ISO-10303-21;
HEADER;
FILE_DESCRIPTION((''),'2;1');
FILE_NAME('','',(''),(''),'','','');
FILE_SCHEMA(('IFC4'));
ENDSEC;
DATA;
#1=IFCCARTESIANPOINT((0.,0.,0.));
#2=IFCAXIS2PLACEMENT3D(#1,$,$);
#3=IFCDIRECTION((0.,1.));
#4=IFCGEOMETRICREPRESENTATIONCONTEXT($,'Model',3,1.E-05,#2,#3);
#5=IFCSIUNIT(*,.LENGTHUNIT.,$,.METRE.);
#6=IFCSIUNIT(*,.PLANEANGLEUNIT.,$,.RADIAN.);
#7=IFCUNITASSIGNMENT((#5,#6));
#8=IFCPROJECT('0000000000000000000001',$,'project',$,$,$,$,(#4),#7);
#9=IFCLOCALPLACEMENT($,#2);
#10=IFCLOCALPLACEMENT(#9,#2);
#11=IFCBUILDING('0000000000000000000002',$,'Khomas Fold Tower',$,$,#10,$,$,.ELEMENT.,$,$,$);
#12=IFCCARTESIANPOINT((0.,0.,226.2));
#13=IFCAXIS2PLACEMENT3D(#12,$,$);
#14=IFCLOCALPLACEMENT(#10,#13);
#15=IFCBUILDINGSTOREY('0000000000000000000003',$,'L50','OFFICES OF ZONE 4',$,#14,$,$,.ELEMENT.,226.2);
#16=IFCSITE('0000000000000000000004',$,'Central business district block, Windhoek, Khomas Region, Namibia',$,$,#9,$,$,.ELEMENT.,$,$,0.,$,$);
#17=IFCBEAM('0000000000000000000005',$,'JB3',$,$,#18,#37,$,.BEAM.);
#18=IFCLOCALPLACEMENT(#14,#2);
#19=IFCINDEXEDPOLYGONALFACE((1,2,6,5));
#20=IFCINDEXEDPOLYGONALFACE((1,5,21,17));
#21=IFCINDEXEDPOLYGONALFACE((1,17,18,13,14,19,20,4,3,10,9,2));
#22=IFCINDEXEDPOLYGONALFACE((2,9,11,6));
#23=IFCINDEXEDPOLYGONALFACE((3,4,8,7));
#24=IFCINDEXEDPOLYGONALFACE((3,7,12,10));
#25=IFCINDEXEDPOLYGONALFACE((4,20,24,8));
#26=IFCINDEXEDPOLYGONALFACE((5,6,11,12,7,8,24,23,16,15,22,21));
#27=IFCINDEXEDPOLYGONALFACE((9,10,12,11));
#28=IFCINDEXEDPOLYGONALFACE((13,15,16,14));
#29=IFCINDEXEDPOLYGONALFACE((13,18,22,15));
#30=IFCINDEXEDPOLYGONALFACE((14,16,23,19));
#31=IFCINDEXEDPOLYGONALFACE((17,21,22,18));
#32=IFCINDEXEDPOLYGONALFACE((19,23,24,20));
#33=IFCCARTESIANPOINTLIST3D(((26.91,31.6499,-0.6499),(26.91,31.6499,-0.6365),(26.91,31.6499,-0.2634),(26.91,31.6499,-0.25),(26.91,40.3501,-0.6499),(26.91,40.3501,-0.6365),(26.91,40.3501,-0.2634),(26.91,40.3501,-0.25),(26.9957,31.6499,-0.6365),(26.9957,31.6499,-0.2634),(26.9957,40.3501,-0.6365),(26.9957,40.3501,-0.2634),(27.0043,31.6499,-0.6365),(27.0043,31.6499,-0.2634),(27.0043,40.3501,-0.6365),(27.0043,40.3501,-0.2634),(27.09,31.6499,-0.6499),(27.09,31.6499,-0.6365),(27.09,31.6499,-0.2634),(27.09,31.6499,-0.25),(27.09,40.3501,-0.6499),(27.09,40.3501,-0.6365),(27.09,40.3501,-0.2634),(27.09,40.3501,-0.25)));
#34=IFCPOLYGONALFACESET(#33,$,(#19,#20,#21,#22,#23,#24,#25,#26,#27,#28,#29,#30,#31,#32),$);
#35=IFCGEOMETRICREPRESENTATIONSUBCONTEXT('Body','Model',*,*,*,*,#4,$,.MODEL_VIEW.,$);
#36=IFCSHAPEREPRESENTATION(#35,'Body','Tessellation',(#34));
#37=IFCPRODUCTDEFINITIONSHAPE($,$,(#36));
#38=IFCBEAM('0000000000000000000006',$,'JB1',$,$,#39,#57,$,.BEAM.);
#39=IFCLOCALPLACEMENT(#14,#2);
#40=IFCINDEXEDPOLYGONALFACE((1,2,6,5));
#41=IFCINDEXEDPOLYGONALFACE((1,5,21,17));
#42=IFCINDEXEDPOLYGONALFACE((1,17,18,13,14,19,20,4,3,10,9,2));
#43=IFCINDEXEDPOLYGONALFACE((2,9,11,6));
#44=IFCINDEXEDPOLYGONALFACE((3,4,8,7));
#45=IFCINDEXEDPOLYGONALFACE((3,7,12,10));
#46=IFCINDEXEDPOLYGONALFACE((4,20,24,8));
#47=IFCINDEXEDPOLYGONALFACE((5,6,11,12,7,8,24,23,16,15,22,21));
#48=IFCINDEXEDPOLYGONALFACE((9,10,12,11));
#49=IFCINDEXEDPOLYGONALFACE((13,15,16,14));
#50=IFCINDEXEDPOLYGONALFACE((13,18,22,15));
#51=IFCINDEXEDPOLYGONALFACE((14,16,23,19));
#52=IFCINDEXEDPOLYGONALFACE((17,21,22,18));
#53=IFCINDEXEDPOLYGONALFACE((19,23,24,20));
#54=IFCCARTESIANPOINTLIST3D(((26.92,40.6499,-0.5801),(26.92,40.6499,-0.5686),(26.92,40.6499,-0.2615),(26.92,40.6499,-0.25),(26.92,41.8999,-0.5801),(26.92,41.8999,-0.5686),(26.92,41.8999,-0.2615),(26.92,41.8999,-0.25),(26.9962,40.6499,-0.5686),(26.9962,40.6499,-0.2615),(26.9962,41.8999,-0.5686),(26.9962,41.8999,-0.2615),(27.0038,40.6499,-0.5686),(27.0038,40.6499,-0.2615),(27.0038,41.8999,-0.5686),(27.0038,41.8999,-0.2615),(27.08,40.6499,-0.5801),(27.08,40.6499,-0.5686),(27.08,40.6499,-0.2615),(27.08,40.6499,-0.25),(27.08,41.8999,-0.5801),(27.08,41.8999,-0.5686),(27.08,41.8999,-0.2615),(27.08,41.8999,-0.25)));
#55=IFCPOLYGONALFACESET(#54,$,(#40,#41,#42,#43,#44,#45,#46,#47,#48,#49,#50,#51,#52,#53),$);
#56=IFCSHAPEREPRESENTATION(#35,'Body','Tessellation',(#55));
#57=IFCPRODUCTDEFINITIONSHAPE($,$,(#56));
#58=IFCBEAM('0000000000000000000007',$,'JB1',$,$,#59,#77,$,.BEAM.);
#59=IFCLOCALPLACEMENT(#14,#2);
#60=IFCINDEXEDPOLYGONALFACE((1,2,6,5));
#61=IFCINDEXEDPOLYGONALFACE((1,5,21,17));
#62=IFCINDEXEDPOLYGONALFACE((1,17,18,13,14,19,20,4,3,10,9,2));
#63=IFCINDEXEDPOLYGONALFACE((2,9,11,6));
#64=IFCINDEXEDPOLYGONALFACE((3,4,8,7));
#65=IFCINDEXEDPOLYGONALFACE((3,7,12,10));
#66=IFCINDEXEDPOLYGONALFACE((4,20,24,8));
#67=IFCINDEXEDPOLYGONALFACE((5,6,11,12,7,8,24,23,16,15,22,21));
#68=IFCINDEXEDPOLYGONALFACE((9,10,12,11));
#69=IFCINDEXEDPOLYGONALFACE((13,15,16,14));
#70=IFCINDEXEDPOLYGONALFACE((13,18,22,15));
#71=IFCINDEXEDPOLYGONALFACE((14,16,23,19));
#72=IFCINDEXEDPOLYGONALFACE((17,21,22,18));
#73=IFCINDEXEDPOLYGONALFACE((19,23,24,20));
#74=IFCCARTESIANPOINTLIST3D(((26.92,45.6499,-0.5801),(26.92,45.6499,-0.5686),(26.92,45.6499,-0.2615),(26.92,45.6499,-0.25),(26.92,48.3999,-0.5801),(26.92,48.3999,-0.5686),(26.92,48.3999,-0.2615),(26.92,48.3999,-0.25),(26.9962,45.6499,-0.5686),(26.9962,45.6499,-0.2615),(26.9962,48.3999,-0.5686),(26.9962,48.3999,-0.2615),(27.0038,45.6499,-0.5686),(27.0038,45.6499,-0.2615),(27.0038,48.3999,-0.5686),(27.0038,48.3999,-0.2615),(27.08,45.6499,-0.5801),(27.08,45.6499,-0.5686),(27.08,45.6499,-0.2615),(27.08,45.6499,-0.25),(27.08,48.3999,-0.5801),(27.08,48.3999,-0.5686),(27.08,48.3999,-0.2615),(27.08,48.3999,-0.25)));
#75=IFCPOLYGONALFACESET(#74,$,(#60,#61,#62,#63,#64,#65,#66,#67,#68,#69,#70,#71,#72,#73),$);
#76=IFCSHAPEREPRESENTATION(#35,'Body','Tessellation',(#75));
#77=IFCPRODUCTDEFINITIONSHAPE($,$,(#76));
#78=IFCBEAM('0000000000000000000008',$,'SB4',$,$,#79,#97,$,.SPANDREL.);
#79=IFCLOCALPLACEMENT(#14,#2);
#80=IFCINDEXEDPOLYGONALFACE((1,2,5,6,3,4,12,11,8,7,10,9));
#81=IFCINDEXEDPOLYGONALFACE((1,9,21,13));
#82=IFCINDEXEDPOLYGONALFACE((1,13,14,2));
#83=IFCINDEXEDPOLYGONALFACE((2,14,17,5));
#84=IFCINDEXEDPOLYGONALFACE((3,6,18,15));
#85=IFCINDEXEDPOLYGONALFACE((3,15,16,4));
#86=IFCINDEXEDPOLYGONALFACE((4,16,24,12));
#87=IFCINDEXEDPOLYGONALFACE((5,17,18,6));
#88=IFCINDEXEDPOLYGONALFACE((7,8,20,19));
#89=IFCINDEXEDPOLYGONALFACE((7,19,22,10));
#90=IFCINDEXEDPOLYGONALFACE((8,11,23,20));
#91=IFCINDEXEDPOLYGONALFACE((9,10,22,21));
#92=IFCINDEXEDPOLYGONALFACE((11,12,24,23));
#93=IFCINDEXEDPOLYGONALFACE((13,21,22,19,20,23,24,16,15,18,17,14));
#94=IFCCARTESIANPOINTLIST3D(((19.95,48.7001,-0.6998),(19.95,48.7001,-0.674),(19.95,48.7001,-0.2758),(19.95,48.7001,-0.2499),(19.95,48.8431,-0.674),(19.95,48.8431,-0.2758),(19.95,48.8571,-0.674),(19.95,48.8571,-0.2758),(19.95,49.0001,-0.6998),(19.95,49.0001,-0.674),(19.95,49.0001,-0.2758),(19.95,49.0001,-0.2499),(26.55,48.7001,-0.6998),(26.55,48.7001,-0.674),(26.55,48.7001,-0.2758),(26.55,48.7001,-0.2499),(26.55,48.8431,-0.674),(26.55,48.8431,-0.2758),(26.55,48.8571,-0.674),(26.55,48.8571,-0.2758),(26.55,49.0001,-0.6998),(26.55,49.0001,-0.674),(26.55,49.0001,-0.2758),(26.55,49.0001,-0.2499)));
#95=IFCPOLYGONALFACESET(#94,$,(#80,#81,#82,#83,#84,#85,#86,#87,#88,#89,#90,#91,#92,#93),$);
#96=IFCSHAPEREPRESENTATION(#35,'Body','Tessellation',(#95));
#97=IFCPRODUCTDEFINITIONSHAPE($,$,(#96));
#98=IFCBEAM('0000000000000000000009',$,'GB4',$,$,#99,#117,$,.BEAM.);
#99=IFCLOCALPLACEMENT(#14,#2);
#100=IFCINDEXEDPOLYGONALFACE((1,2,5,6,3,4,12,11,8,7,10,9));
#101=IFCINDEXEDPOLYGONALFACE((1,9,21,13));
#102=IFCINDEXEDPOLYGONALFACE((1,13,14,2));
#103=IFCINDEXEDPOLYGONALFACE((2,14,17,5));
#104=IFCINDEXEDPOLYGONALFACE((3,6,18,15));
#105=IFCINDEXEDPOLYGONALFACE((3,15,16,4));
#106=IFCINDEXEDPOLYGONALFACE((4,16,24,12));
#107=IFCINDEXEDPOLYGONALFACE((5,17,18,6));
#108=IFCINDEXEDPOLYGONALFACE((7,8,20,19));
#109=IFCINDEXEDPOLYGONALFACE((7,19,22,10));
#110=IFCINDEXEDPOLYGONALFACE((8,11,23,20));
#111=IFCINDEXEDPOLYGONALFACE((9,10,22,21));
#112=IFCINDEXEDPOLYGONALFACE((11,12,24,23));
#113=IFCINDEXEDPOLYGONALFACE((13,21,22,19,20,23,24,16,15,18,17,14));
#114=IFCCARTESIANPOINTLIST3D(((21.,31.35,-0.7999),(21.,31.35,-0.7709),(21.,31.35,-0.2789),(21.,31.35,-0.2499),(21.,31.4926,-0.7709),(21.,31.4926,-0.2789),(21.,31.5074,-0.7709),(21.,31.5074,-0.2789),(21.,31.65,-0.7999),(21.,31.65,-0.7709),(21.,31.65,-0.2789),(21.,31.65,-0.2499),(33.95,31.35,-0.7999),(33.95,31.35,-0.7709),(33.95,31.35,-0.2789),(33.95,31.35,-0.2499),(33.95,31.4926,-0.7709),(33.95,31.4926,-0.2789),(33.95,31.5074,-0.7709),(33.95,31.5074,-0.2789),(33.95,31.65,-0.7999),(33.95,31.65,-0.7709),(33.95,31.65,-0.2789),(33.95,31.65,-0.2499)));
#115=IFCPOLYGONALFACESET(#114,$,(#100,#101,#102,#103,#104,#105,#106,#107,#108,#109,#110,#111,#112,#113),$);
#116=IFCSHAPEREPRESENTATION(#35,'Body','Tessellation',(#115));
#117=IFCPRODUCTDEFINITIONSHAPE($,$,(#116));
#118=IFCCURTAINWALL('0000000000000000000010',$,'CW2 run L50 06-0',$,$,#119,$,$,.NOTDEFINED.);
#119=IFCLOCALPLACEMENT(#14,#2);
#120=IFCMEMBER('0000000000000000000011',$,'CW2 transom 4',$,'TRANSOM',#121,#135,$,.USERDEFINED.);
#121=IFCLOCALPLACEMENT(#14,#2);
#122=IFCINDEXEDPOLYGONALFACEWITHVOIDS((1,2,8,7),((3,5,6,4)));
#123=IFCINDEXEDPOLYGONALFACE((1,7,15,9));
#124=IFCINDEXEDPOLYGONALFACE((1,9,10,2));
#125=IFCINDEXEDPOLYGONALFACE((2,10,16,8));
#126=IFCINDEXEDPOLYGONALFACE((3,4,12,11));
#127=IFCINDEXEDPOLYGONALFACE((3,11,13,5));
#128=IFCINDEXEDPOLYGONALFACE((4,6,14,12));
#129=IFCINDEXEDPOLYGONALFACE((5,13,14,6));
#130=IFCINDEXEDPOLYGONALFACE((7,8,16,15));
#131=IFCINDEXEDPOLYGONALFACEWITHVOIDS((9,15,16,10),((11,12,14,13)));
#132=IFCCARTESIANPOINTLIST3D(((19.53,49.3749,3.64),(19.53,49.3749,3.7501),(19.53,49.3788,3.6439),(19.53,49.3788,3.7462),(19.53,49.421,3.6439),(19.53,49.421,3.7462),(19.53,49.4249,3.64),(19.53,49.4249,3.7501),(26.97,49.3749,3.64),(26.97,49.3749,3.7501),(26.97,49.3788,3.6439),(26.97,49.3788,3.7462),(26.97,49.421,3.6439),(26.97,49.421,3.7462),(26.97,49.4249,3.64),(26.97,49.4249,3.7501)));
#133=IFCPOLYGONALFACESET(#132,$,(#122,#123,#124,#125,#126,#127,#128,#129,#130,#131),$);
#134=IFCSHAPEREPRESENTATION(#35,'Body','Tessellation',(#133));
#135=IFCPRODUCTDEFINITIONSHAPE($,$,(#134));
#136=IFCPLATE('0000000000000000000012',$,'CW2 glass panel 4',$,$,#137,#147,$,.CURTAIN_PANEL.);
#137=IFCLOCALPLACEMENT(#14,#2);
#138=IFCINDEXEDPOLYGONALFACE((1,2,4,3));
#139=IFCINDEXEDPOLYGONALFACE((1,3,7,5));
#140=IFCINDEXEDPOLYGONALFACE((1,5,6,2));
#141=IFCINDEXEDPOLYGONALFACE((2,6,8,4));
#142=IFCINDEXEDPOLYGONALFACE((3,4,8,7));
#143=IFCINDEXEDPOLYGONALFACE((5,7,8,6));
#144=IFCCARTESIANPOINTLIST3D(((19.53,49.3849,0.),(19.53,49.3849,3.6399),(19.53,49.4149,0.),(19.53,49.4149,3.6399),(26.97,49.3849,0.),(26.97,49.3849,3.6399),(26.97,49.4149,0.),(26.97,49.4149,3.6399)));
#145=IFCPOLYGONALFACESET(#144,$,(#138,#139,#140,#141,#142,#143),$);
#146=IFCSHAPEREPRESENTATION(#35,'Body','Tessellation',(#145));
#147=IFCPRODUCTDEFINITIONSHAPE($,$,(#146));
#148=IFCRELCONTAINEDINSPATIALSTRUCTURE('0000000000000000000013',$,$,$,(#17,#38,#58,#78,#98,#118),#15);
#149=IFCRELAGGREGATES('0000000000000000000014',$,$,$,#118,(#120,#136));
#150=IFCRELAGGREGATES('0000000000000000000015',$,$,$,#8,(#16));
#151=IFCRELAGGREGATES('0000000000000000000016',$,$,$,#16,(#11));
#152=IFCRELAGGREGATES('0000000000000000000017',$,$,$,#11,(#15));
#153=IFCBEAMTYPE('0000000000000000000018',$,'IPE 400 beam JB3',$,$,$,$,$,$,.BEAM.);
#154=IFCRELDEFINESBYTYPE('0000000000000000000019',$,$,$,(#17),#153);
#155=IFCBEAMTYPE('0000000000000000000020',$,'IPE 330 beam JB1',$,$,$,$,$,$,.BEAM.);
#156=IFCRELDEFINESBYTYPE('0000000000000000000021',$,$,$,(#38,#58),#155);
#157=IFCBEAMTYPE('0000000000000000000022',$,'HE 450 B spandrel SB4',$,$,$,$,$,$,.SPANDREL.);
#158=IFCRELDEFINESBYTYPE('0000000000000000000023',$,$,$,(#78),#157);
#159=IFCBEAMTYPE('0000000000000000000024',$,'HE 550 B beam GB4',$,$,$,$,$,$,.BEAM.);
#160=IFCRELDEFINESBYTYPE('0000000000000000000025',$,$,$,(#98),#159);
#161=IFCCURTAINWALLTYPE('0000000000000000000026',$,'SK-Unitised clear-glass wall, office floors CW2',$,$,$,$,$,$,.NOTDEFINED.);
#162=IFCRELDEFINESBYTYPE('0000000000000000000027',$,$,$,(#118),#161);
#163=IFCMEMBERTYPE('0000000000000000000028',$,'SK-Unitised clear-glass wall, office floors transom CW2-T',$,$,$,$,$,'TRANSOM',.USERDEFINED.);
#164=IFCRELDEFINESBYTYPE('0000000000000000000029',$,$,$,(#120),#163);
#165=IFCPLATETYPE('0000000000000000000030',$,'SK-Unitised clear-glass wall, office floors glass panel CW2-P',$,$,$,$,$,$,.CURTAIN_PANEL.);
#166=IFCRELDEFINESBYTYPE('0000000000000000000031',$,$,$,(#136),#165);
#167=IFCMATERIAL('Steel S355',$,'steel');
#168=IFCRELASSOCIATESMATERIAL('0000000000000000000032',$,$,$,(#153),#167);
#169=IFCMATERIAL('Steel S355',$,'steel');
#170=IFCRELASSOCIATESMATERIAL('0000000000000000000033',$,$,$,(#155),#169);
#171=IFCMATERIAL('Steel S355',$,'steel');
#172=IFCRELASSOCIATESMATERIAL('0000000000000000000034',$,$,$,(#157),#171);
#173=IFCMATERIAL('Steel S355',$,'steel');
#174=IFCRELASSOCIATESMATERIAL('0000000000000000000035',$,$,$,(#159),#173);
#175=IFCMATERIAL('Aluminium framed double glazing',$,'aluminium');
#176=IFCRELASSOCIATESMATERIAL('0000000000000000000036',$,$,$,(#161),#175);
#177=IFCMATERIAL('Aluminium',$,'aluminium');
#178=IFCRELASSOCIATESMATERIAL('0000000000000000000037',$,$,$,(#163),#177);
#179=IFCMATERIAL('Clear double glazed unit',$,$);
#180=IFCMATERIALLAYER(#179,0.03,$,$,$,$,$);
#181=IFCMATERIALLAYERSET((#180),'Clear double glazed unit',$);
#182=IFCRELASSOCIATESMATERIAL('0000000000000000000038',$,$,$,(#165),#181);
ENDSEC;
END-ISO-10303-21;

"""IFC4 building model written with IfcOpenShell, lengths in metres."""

from ifc_helpers import new_model, si_unit, direction, frame, origin, origin_2d, place, context, subcontext, project, spatial, rectangle, hollow_rectangle, i_section, extrude, source, transform, mapped, material, layer, layer_set, material_profile, profile_set, type_object, element, aggregate, save


model = new_model("IFC4")

# Units and contexts
model_context = context("Model", 3, precision=1e-05, world=origin(), true_north=direction((0.0, 1.0)))
body_context = subcontext(model_context, "Body", "Model", "MODEL_VIEW")
ifc_project = project(units=[si_unit("LENGTHUNIT", "METRE"), si_unit("PLANEANGLEUNIT", "RADIAN")], contexts=[model_context])

# Site, building, storey
site_placement = place(None, origin())
site = spatial("IfcSite", under=ifc_project, at=site_placement, Name="Central business district block, Windhoek, Khomas Region, Namibia", CompositionType="ELEMENT", RefElevation=0.0)
building_placement = place(site_placement, origin())
building = spatial("IfcBuilding", under=site, at=building_placement, Name="Khomas Fold Tower", CompositionType="ELEMENT")
storey_placement = place(building_placement, frame((0.0, 0.0, 226.2)))
storey = spatial("IfcBuildingStorey", under=building, at=storey_placement, Name="L50", Description="OFFICES OF ZONE 4", CompositionType="ELEMENT", Elevation=226.2)

# Beams
ifc_material_1 = material(Name="Steel S355", Category="steel")
ifc_material_profile_1 = material_profile(ifc_material_1, i_section(OverallWidth=0.1799, OverallDepth=0.3999, WebThickness=0.0085, FlangeThickness=0.0134, at=origin_2d()), Name="IPE 400")
ifc_profile_set_1 = profile_set([ifc_material_profile_1], Name="Steel S355")
beam_type_1 = type_object("IfcBeamType", Name="IPE 400 beam JB3", PredefinedType="BEAM", material=ifc_profile_set_1)
shared_shape_1 = source(origin(), body_context, "Body", "SweptSolid", [
    extrude(i_section(OverallWidth=0.1799, OverallDepth=0.3999, WebThickness=0.0085, FlangeThickness=0.0134, at=origin_2d()), origin(), (0.0, 0.0, 1.0), 8.7002),
])
beam_1_placement = place(storey_placement, frame((27.0, 31.6499, -0.45), z_axis=(0.0, 1.0, 0.0), x_axis=(-1.0, 0.0, 0.0)))
element("IfcBeam", 1, at=beam_1_placement, inside=storey, type_object=beam_type_1, Name="JB3", PredefinedType="BEAM", context=body_context, shape_type="MappedRepresentation", body=[
    mapped(shared_shape_1, transform((0.0, 0.0, 0.0))),
])
ifc_material_2 = material(Name="Steel S355", Category="steel")
ifc_material_profile_2 = material_profile(ifc_material_2, i_section(OverallWidth=0.1599, OverallDepth=0.3301, WebThickness=0.0076, FlangeThickness=0.0115, at=origin_2d()), Name="IPE 330")
ifc_profile_set_2 = profile_set([ifc_material_profile_2], Name="Steel S355")
beam_type_2 = type_object("IfcBeamType", Name="IPE 330 beam JB1", PredefinedType="BEAM", material=ifc_profile_set_2)
shared_shape_2 = source(origin(), body_context, "Body", "SweptSolid", [
    extrude(i_section(OverallWidth=0.1599, OverallDepth=0.3301, WebThickness=0.0076, FlangeThickness=0.0115, at=origin_2d()), origin(), (0.0, 0.0, 1.0), 1.25),
])
beam_2_placement = place(storey_placement, frame((27.0, 40.6499, -0.415), z_axis=(0.0, 1.0, 0.0), x_axis=(-1.0, 0.0, 0.0)))
element("IfcBeam", 2, at=beam_2_placement, inside=storey, type_object=beam_type_2, Name="JB1", PredefinedType="BEAM", context=body_context, shape_type="MappedRepresentation", body=[
    mapped(shared_shape_2, transform((0.0, 0.0, 0.0))),
])
shared_shape_3 = source(origin(), body_context, "Body", "SweptSolid", [
    extrude(i_section(OverallWidth=0.1599, OverallDepth=0.3301, WebThickness=0.0076, FlangeThickness=0.0115, at=origin_2d()), origin(), (0.0, 0.0, 1.0), 2.75),
])
beam_3_placement = place(storey_placement, frame((27.0, 45.6499, -0.415), z_axis=(0.0, 1.0, 0.0), x_axis=(-1.0, 0.0, 0.0)))
element("IfcBeam", 3, at=beam_3_placement, inside=storey, type_object=beam_type_2, Name="JB1", PredefinedType="BEAM", context=body_context, shape_type="MappedRepresentation", body=[
    mapped(shared_shape_3, transform((0.0, 0.0, 0.0))),
])
ifc_material_3 = material(Name="Steel S355", Category="steel")
ifc_material_profile_3 = material_profile(ifc_material_3, i_section(OverallWidth=0.3, OverallDepth=0.45, WebThickness=0.0139, FlangeThickness=0.0259, at=origin_2d()), Name="HE 450 B")
ifc_profile_set_3 = profile_set([ifc_material_profile_3], Name="Steel S355")
beam_type_3 = type_object("IfcBeamType", Name="HE 450 B spandrel SB4", PredefinedType="SPANDREL", material=ifc_profile_set_3)
shared_shape_4 = source(origin(), body_context, "Body", "SweptSolid", [
    extrude(i_section(OverallWidth=0.3, OverallDepth=0.45, WebThickness=0.0139, FlangeThickness=0.0259, at=origin_2d()), origin(), (0.0, 0.0, 1.0), 6.6001),
])
beam_4_placement = place(storey_placement, frame((19.95, 48.8501, -0.4749), z_axis=(1.0, 0.0, 0.0), x_axis=(0.0, 1.0, 0.0)))
element("IfcBeam", 4, at=beam_4_placement, inside=storey, type_object=beam_type_3, Name="SB4", PredefinedType="SPANDREL", context=body_context, shape_type="MappedRepresentation", body=[
    mapped(shared_shape_4, transform((0.0, 0.0, 0.0))),
])
ifc_material_4 = material(Name="Steel S355", Category="steel")
ifc_material_profile_4 = material_profile(ifc_material_4, i_section(OverallWidth=0.3, OverallDepth=0.55, WebThickness=0.0149, FlangeThickness=0.0291, at=origin_2d()), Name="HE 550 B")
ifc_profile_set_4 = profile_set([ifc_material_profile_4], Name="Steel S355")
beam_type_4 = type_object("IfcBeamType", Name="HE 550 B beam GB4", PredefinedType="BEAM", material=ifc_profile_set_4)
shared_shape_5 = source(origin(), body_context, "Body", "SweptSolid", [
    extrude(i_section(OverallWidth=0.3, OverallDepth=0.55, WebThickness=0.0149, FlangeThickness=0.0291, at=origin_2d()), origin(), (0.0, 0.0, 1.0), 12.95),
])
beam_5_placement = place(storey_placement, frame((21.0, 31.5, -0.5249), z_axis=(1.0, 0.0, 0.0), x_axis=(0.0, 1.0, 0.0)))
element("IfcBeam", 5, at=beam_5_placement, inside=storey, type_object=beam_type_4, Name="GB4", PredefinedType="BEAM", context=body_context, shape_type="MappedRepresentation", body=[
    mapped(shared_shape_5, transform((0.0, 0.0, 0.0))),
])

# Curtain wall, member, plate
ifc_material_5 = material(Name="Aluminium framed double glazing", Category="aluminium")
curtain_wall_type = type_object("IfcCurtainWallType", Name="SK-Unitised clear-glass wall, office floors CW2", PredefinedType="NOTDEFINED", material=ifc_material_5)
curtain_wall_placement = place(storey_placement, origin())
curtain_wall = element("IfcCurtainWall", 6, at=curtain_wall_placement, inside=storey, type_object=curtain_wall_type, Name="CW2 run L50 06-0", PredefinedType="NOTDEFINED")
ifc_material_6 = material(Name="Aluminium", Category="aluminium")
ifc_material_profile_5 = material_profile(ifc_material_6, hollow_rectangle(XDim=0.05, YDim=0.1101, WallThickness=0.0039, at=origin_2d()), Name="SK-Unitised clear-glass wall, office floors transom CW2-T")
ifc_profile_set_5 = profile_set([ifc_material_profile_5], Name="Aluminium")
member_type = type_object("IfcMemberType", Name="SK-Unitised clear-glass wall, office floors transom CW2-T", ElementType="TRANSOM", PredefinedType="USERDEFINED", material=ifc_profile_set_5)
shared_shape_6 = source(origin(), body_context, "Body", "SweptSolid", [
    extrude(hollow_rectangle(XDim=0.05, YDim=0.1101, WallThickness=0.0039, at=origin_2d()), origin(), (0.0, 0.0, 1.0), 7.4399),
])
member_placement = place(storey_placement, frame((26.97, 49.3999, 3.6951), z_axis=(-1.0, 0.0, 0.0), x_axis=(0.0, -1.0, 0.0)))
member = element("IfcMember", 7, at=member_placement, type_object=member_type, Name="CW2 transom 4", ObjectType="TRANSOM", PredefinedType="USERDEFINED", context=body_context, shape_type="MappedRepresentation", body=[
    mapped(shared_shape_6, transform((0.0, 0.0, 0.0))),
])
ifc_material_7 = material(Name="Clear double glazed unit")
ifc_layer_1 = layer(ifc_material_7, 0.03)
ifc_layer_set_1 = layer_set([ifc_layer_1], Name="Clear double glazed unit")
plate_type = type_object("IfcPlateType", Name="SK-Unitised clear-glass wall, office floors glass panel CW2-P", PredefinedType="CURTAIN_PANEL", material=ifc_layer_set_1)
shared_shape_7 = source(origin(), body_context, "Body", "SweptSolid", [
    extrude(rectangle(XDim=7.4399, YDim=0.03, at=origin_2d()), origin(), (0.0, 0.0, 1.0), 3.6399),
])
plate_placement = place(storey_placement, frame((23.25, 49.3999, 0.0), z_axis=(0.0, 0.0, 1.0), x_axis=(-1.0, 0.0, 0.0)))
plate = element("IfcPlate", 8, at=plate_placement, type_object=plate_type, Name="CW2 glass panel 4", PredefinedType="CURTAIN_PANEL", context=body_context, shape_type="MappedRepresentation", body=[
    mapped(shared_shape_7, transform((0.0, 0.0, 0.0))),
])
aggregate(curtain_wall, [member, plate])

save(model, "model.ifc")
